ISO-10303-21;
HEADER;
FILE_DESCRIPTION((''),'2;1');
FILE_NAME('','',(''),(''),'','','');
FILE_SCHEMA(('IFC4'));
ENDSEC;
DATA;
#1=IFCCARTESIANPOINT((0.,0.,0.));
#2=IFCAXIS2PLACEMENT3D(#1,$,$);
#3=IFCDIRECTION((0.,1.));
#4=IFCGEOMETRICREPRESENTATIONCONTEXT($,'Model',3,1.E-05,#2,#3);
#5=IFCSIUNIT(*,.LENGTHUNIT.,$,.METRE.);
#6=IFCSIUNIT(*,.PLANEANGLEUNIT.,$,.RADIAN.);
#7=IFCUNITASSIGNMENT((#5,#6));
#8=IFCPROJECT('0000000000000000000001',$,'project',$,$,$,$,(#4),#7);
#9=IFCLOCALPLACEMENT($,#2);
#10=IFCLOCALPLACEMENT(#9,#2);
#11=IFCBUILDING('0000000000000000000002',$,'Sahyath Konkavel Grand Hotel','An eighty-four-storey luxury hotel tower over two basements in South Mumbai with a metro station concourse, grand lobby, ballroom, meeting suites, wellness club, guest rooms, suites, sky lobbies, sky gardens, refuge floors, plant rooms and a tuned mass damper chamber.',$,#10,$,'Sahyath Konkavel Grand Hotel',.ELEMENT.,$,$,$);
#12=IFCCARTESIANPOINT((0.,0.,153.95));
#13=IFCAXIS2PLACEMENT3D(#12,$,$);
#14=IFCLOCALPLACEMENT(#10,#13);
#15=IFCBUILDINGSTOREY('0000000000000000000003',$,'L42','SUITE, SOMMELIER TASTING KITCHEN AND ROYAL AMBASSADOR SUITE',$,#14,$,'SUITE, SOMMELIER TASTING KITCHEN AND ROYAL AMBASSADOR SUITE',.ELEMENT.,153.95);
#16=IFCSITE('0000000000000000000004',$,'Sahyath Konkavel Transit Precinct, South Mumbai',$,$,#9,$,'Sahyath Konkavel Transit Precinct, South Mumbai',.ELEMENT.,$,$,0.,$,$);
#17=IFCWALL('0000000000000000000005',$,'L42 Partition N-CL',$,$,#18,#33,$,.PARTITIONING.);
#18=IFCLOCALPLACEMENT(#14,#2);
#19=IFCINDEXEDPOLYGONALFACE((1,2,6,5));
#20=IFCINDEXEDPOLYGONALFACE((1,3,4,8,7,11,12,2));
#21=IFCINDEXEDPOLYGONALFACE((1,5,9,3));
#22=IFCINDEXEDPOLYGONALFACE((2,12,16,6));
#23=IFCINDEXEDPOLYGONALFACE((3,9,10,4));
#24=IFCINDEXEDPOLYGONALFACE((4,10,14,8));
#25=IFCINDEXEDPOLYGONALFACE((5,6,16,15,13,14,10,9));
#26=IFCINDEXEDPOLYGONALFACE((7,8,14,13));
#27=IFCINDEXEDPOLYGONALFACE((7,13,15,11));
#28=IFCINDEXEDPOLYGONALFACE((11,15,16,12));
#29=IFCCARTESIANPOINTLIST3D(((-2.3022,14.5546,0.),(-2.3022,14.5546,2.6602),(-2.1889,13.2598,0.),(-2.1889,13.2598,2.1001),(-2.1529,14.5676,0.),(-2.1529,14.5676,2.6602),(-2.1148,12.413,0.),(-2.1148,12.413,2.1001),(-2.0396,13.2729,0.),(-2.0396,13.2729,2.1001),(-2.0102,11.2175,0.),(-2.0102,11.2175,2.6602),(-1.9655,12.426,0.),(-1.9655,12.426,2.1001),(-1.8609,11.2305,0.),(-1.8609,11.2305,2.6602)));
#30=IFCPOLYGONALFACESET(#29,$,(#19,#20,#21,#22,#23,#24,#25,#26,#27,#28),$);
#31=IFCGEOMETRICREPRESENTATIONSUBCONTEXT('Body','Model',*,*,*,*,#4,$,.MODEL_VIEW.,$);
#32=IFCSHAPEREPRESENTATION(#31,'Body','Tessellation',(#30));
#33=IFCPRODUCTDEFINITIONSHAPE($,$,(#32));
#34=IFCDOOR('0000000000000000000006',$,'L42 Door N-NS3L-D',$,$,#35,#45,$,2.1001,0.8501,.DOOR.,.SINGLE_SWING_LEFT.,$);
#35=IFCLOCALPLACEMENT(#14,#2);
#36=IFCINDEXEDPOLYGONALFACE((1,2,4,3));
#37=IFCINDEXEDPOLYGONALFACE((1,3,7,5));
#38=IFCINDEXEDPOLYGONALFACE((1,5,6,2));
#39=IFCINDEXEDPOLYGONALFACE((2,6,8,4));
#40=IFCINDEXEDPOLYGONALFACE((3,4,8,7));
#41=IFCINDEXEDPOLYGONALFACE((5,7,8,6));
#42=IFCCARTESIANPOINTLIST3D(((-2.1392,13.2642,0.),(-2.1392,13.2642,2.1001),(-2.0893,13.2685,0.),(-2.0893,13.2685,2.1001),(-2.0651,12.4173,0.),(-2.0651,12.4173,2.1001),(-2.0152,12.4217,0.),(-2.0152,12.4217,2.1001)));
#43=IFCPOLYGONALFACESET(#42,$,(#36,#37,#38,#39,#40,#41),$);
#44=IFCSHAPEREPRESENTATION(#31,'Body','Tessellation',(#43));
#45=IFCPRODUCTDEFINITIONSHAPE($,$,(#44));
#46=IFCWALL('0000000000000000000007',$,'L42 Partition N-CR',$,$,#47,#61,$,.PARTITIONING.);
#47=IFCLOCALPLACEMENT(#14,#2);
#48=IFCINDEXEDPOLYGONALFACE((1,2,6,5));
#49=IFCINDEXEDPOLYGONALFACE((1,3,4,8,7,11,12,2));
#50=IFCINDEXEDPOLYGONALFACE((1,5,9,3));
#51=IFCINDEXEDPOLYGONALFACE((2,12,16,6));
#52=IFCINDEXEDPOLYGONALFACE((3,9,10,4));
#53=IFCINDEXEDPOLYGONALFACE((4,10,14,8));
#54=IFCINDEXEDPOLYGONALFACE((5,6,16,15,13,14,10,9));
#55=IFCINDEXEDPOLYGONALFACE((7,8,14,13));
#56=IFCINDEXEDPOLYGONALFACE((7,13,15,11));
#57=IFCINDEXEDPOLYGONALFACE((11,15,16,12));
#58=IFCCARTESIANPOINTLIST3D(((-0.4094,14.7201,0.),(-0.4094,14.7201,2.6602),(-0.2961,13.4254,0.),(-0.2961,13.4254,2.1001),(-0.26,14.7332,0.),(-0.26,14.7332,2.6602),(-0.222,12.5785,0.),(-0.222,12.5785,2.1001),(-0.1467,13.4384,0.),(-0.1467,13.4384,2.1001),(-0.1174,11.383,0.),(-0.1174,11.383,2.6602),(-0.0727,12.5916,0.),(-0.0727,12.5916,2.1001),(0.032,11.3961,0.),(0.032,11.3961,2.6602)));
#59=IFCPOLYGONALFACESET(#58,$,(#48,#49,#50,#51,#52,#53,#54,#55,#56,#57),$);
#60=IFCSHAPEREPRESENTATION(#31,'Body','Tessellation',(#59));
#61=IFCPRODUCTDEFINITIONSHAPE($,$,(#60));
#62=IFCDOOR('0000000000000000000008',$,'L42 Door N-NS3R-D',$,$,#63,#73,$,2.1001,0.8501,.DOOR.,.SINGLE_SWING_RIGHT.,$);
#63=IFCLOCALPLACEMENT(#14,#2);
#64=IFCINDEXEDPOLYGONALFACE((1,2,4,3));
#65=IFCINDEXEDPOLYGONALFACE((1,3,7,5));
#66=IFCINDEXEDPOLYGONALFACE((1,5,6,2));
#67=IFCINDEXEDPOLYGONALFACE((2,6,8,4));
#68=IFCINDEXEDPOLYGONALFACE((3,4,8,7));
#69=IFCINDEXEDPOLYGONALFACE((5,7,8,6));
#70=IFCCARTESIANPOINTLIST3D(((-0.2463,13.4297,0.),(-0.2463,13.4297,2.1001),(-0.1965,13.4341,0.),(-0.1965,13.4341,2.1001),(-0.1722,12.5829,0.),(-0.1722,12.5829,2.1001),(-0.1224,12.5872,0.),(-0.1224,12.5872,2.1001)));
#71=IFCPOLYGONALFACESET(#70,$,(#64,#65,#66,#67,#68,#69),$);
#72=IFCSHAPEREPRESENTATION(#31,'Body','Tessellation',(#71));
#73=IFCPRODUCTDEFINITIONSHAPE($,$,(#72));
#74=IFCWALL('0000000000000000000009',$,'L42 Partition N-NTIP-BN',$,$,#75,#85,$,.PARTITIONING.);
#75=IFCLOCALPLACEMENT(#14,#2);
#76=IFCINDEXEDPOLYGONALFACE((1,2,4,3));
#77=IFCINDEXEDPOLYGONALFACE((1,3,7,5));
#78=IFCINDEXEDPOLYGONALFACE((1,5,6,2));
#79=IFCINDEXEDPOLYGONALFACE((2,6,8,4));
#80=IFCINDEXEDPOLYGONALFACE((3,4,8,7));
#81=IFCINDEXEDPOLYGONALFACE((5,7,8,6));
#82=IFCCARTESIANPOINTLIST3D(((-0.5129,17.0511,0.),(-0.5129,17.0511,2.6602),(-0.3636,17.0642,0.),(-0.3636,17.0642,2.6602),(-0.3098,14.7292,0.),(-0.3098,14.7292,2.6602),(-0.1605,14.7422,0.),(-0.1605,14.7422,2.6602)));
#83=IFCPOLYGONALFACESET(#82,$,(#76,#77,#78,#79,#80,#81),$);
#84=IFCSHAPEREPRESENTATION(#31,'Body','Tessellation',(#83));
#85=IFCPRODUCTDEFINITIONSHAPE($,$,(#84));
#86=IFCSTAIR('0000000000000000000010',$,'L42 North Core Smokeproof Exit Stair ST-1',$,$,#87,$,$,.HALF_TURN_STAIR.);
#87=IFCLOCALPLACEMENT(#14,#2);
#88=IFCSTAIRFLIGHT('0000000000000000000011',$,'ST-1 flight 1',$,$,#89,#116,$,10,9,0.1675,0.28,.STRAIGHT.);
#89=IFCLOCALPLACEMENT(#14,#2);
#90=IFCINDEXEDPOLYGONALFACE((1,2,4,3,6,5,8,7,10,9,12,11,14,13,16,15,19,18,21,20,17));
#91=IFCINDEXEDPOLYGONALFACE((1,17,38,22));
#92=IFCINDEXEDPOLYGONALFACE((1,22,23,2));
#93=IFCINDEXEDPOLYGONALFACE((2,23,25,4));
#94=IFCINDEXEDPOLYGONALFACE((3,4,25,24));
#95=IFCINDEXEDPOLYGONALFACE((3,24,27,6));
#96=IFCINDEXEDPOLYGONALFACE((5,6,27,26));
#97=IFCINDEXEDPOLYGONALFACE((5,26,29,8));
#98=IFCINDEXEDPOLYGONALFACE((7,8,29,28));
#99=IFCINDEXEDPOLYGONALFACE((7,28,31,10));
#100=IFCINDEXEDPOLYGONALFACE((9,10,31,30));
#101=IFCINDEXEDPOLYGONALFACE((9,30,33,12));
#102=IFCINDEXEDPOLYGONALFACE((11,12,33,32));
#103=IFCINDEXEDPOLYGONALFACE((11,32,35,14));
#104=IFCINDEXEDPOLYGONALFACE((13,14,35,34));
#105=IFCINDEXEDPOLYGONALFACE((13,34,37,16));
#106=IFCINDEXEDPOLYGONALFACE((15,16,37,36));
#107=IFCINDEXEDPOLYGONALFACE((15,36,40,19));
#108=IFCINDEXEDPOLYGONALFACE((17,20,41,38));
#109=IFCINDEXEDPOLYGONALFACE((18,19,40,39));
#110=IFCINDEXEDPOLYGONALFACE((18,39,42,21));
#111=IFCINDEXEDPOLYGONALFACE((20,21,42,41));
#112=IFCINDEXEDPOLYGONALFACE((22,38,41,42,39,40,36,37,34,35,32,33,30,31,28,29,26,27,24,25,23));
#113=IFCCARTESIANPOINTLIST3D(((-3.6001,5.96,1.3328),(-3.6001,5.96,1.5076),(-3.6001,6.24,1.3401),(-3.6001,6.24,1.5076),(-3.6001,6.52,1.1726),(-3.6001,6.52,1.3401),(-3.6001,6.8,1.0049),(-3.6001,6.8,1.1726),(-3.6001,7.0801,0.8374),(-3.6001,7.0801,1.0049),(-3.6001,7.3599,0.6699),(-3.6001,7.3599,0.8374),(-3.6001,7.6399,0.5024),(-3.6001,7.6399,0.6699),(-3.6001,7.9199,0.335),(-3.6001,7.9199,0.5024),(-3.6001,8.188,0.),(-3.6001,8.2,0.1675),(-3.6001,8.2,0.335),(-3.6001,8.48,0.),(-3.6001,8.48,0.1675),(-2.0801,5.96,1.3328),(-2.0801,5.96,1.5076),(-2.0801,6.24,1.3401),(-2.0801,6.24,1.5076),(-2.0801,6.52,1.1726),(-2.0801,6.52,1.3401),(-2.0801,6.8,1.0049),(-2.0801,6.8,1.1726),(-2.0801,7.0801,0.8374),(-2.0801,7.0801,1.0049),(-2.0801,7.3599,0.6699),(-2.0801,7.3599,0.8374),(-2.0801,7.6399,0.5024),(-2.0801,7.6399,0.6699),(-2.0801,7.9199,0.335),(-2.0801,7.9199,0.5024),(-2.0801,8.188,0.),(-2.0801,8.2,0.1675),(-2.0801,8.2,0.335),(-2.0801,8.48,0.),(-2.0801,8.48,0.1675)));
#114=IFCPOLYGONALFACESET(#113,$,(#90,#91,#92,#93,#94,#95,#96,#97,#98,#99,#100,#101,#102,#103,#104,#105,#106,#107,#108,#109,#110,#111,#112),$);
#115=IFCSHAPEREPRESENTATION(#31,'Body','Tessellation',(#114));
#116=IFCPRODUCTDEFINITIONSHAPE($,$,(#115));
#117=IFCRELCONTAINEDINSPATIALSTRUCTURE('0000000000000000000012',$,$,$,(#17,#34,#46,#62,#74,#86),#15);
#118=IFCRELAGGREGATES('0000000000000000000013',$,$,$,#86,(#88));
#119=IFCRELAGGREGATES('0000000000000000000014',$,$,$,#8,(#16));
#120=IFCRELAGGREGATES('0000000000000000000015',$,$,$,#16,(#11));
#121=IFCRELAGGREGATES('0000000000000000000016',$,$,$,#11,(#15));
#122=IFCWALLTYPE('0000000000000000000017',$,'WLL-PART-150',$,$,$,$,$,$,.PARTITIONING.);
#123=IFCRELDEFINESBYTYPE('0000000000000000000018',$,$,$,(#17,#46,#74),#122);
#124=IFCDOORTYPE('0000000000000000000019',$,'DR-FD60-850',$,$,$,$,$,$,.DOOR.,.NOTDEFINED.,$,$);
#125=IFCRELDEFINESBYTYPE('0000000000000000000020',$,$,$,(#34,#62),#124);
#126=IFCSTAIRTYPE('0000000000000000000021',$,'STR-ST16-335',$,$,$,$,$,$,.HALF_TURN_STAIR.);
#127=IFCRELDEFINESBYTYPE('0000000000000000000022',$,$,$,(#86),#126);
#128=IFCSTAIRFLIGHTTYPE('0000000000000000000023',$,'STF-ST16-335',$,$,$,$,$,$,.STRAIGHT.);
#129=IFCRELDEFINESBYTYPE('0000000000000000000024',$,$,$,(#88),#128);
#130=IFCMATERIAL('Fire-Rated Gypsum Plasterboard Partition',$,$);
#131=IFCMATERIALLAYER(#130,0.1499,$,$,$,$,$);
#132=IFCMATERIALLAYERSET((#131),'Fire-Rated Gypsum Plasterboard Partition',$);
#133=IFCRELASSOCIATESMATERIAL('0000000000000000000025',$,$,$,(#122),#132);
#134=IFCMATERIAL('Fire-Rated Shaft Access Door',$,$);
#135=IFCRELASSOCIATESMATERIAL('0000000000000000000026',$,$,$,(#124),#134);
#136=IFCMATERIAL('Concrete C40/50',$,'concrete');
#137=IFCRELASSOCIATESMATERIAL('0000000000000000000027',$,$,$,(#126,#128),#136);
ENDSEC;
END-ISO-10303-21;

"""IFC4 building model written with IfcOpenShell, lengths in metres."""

from ifc_helpers import new_model, si_unit, direction, frame, frame_2d, origin, origin_2d, place, context, subcontext, project, spatial, polyline, rectangle, outline, extrude, source, transform, mapped, material, layer, layer_set, type_object, element, fill, aggregate, save


model = new_model("IFC4")

# Units and contexts
model_context = context("Model", 3, precision=1e-05, world=origin(), true_north=direction((0.0, 1.0)))
body_context = subcontext(model_context, "Body", "Model", "MODEL_VIEW")
ifc_project = project(units=[si_unit("LENGTHUNIT", "METRE"), si_unit("PLANEANGLEUNIT", "RADIAN")], contexts=[model_context])

# Site, building, storey
site_placement = place(None, origin())
site = spatial("IfcSite", under=ifc_project, at=site_placement, Name="Sahyath Konkavel Transit Precinct, South Mumbai", LongName="Sahyath Konkavel Transit Precinct, South Mumbai", CompositionType="ELEMENT", RefElevation=0.0)
building_placement = place(site_placement, origin())
building = spatial("IfcBuilding", under=site, at=building_placement, Name="Sahyath Konkavel Grand Hotel", Description="An eighty-four-storey luxury hotel tower over two basements in South Mumbai with a metro station concourse, grand lobby, ballroom, meeting suites, wellness club, guest rooms, suites, sky lobbies, sky gardens, refuge floors, plant rooms and a tuned mass damper chamber.", LongName="Sahyath Konkavel Grand Hotel", CompositionType="ELEMENT")
storey_placement = place(building_placement, frame((0.0, 0.0, 153.95)))
storey = spatial("IfcBuildingStorey", under=building, at=storey_placement, Name="L42", Description="SUITE, SOMMELIER TASTING KITCHEN AND ROYAL AMBASSADOR SUITE", LongName="SUITE, SOMMELIER TASTING KITCHEN AND ROYAL AMBASSADOR SUITE", CompositionType="ELEMENT", Elevation=153.95)

# Walls, openings, doors
ifc_material_1 = material(Name="Fire-Rated Gypsum Plasterboard Partition")
ifc_layer_1 = layer(ifc_material_1, 0.1499)
ifc_layer_set_1 = layer_set([ifc_layer_1], Name="Fire-Rated Gypsum Plasterboard Partition")
wall_type_1 = type_object("IfcWallType", Name="WLL-PART-150", PredefinedType="PARTITIONING", material=ifc_layer_set_1)
wall_1_placement = place(storey_placement, frame((-1.9355, 11.2241, 0.0), z_axis=(0.0, 0.0, 1.0), x_axis=(-0.087164, 0.996194, 0.0)))
wall_1 = element("IfcWall", 1, at=wall_1_placement, inside=storey, type_object=wall_type_1, Name="L42 Partition N-CL", PredefinedType="PARTITIONING", context=body_context, shape_type="SweptSolid", body=[
    extrude(rectangle(XDim=3.3499, YDim=0.1499, at=frame_2d((1.6748, 0.0))), origin(), (0.0, 0.0, 1.0), 2.6602),
])
opening_1_placement = place(wall_1_placement, frame((1.2, 0.0, 0.0)))
opening_1 = element("IfcOpeningElement", 2, at=opening_1_placement, cuts=wall_1, PredefinedType="OPENING", context=body_context, shape_type="SweptSolid", body=[
    extrude(rectangle(XDim=0.8501, YDim=2.1001, at=frame_2d((0.425, 1.05))), frame((0.0, 0.085, 0.0), z_axis=(0.0, -1.0, 0.0), x_axis=(1.0, 0.0, 0.0)), (0.0, 0.0, 1.0), 0.1699),
])
ifc_material_2 = material(Name="Fire-Rated Shaft Access Door")
door_type = type_object("IfcDoorType", Name="DR-FD60-850", OperationType="NOTDEFINED", PredefinedType="DOOR", material=ifc_material_2)
shared_shape_1 = source(origin(), body_context, "Body", "SweptSolid", [
    extrude(rectangle(XDim=0.8501, YDim=0.05, at=origin_2d()), origin(), (0.0, 0.0, 1.0), 2.1001),
])
door_1_placement = place(opening_1_placement, frame((0.425, 0.0, 0.0)))
door_1 = element("IfcDoor", 3, at=door_1_placement, inside=storey, type_object=door_type, Name="L42 Door N-NS3L-D", OperationType="SINGLE_SWING_LEFT", OverallHeight=2.1001, OverallWidth=0.8501, PredefinedType="DOOR", context=body_context, shape_type="MappedRepresentation", body=[
    mapped(shared_shape_1, transform((0.0, 0.0, 0.0), scale=1.0)),
])
fill(opening_1, door_1)
wall_2_placement = place(storey_placement, frame((-0.0427, 11.3896, 0.0), z_axis=(0.0, 0.0, 1.0), x_axis=(-0.087164, 0.996194, 0.0)))
wall_2 = element("IfcWall", 4, at=wall_2_placement, inside=storey, type_object=wall_type_1, Name="L42 Partition N-CR", PredefinedType="PARTITIONING", context=body_context, shape_type="SweptSolid", body=[
    extrude(rectangle(XDim=3.3499, YDim=0.1499, at=frame_2d((1.6748, 0.0))), origin(), (0.0, 0.0, 1.0), 2.6602),
])
opening_2_placement = place(wall_2_placement, frame((1.2, 0.0, 0.0)))
opening_2 = element("IfcOpeningElement", 5, at=opening_2_placement, cuts=wall_2, PredefinedType="OPENING", context=body_context, shape_type="SweptSolid", body=[
    extrude(rectangle(XDim=0.8501, YDim=2.1001, at=frame_2d((0.425, 1.05))), frame((0.0, 0.085, 0.0), z_axis=(0.0, -1.0, 0.0), x_axis=(1.0, 0.0, 0.0)), (0.0, 0.0, 1.0), 0.1699),
])
door_2_placement = place(opening_2_placement, frame((0.425, 0.0, 0.0)))
door_2 = element("IfcDoor", 6, at=door_2_placement, inside=storey, type_object=door_type, Name="L42 Door N-NS3R-D", OperationType="SINGLE_SWING_RIGHT", OverallHeight=2.1001, OverallWidth=0.8501, PredefinedType="DOOR", context=body_context, shape_type="MappedRepresentation", body=[
    mapped(shared_shape_1, transform((0.0, 0.0, 0.0), scale=1.0)),
])
fill(opening_2, door_2)

# Wall
wall_3_placement = place(storey_placement, frame((-0.2351, 14.7356, 0.0), z_axis=(0.0, 0.0, 1.0), x_axis=(-0.087145, 0.996196, 0.0)))
element("IfcWall", 7, at=wall_3_placement, inside=storey, type_object=wall_type_1, Name="L42 Partition N-NTIP-BN", PredefinedType="PARTITIONING", context=body_context, shape_type="SweptSolid", body=[
    extrude(rectangle(XDim=2.3308, YDim=0.1499, at=frame_2d((1.1655, 0.0))), origin(), (0.0, 0.0, 1.0), 2.6602),
])

# Stair, stair flight
ifc_material_3 = material(Name="Concrete C40/50", Category="concrete")
stair_type = type_object("IfcStairType", Name="STR-ST16-335", PredefinedType="HALF_TURN_STAIR", material=ifc_material_3)
stair_placement = place(storey_placement, origin())
stair = element("IfcStair", 8, at=stair_placement, inside=storey, type_object=stair_type, Name="L42 North Core Smokeproof Exit Stair ST-1", PredefinedType="HALF_TURN_STAIR")
stair_flight_type = type_object("IfcStairFlightType", Name="STF-ST16-335", PredefinedType="STRAIGHT", material=ifc_material_3)
stair_flight_placement = place(storey_placement, frame((-2.8401, 8.48, 0.0), z_axis=(0.0, 0.0, 1.0), x_axis=(0.0, -1.0, 0.0)))
stair_flight = element("IfcStairFlight", 9, at=stair_flight_placement, type_object=stair_flight_type, Name="ST-1 flight 1", NumberOfRisers=10, NumberOfTreads=9, PredefinedType="STRAIGHT", RiserHeight=0.1675, TreadLength=0.28, context=body_context, shape_type="SweptSolid", body=[
    extrude(outline(polyline([(0.0, 0.0), (0.0, 0.1675), (0.28, 0.1675), (0.28, 0.335), (0.5601, 0.335), (0.5601, 0.5024), (0.8401, 0.5024), (0.8401, 0.6699), (1.1201, 0.6699), (1.1201, 0.8374), (1.3999, 0.8374), (1.3999, 1.0049), (1.6799, 1.0049), (1.6799, 1.1726), (1.96, 1.1726), (1.96, 1.3401), (2.24, 1.3401), (2.24, 1.5076), (2.52, 1.5076), (2.52, 1.675), (2.52, 1.3328), (0.292, 0.0), (0.0, 0.0)])), frame((0.0, 0.76, 0.0), z_axis=(0.0, -1.0, 0.0), x_axis=(1.0, 0.0, 0.0)), (0.0, 0.0, 1.0), 1.52),
])
aggregate(stair, [stair_flight])

save(model, "model.ifc")
